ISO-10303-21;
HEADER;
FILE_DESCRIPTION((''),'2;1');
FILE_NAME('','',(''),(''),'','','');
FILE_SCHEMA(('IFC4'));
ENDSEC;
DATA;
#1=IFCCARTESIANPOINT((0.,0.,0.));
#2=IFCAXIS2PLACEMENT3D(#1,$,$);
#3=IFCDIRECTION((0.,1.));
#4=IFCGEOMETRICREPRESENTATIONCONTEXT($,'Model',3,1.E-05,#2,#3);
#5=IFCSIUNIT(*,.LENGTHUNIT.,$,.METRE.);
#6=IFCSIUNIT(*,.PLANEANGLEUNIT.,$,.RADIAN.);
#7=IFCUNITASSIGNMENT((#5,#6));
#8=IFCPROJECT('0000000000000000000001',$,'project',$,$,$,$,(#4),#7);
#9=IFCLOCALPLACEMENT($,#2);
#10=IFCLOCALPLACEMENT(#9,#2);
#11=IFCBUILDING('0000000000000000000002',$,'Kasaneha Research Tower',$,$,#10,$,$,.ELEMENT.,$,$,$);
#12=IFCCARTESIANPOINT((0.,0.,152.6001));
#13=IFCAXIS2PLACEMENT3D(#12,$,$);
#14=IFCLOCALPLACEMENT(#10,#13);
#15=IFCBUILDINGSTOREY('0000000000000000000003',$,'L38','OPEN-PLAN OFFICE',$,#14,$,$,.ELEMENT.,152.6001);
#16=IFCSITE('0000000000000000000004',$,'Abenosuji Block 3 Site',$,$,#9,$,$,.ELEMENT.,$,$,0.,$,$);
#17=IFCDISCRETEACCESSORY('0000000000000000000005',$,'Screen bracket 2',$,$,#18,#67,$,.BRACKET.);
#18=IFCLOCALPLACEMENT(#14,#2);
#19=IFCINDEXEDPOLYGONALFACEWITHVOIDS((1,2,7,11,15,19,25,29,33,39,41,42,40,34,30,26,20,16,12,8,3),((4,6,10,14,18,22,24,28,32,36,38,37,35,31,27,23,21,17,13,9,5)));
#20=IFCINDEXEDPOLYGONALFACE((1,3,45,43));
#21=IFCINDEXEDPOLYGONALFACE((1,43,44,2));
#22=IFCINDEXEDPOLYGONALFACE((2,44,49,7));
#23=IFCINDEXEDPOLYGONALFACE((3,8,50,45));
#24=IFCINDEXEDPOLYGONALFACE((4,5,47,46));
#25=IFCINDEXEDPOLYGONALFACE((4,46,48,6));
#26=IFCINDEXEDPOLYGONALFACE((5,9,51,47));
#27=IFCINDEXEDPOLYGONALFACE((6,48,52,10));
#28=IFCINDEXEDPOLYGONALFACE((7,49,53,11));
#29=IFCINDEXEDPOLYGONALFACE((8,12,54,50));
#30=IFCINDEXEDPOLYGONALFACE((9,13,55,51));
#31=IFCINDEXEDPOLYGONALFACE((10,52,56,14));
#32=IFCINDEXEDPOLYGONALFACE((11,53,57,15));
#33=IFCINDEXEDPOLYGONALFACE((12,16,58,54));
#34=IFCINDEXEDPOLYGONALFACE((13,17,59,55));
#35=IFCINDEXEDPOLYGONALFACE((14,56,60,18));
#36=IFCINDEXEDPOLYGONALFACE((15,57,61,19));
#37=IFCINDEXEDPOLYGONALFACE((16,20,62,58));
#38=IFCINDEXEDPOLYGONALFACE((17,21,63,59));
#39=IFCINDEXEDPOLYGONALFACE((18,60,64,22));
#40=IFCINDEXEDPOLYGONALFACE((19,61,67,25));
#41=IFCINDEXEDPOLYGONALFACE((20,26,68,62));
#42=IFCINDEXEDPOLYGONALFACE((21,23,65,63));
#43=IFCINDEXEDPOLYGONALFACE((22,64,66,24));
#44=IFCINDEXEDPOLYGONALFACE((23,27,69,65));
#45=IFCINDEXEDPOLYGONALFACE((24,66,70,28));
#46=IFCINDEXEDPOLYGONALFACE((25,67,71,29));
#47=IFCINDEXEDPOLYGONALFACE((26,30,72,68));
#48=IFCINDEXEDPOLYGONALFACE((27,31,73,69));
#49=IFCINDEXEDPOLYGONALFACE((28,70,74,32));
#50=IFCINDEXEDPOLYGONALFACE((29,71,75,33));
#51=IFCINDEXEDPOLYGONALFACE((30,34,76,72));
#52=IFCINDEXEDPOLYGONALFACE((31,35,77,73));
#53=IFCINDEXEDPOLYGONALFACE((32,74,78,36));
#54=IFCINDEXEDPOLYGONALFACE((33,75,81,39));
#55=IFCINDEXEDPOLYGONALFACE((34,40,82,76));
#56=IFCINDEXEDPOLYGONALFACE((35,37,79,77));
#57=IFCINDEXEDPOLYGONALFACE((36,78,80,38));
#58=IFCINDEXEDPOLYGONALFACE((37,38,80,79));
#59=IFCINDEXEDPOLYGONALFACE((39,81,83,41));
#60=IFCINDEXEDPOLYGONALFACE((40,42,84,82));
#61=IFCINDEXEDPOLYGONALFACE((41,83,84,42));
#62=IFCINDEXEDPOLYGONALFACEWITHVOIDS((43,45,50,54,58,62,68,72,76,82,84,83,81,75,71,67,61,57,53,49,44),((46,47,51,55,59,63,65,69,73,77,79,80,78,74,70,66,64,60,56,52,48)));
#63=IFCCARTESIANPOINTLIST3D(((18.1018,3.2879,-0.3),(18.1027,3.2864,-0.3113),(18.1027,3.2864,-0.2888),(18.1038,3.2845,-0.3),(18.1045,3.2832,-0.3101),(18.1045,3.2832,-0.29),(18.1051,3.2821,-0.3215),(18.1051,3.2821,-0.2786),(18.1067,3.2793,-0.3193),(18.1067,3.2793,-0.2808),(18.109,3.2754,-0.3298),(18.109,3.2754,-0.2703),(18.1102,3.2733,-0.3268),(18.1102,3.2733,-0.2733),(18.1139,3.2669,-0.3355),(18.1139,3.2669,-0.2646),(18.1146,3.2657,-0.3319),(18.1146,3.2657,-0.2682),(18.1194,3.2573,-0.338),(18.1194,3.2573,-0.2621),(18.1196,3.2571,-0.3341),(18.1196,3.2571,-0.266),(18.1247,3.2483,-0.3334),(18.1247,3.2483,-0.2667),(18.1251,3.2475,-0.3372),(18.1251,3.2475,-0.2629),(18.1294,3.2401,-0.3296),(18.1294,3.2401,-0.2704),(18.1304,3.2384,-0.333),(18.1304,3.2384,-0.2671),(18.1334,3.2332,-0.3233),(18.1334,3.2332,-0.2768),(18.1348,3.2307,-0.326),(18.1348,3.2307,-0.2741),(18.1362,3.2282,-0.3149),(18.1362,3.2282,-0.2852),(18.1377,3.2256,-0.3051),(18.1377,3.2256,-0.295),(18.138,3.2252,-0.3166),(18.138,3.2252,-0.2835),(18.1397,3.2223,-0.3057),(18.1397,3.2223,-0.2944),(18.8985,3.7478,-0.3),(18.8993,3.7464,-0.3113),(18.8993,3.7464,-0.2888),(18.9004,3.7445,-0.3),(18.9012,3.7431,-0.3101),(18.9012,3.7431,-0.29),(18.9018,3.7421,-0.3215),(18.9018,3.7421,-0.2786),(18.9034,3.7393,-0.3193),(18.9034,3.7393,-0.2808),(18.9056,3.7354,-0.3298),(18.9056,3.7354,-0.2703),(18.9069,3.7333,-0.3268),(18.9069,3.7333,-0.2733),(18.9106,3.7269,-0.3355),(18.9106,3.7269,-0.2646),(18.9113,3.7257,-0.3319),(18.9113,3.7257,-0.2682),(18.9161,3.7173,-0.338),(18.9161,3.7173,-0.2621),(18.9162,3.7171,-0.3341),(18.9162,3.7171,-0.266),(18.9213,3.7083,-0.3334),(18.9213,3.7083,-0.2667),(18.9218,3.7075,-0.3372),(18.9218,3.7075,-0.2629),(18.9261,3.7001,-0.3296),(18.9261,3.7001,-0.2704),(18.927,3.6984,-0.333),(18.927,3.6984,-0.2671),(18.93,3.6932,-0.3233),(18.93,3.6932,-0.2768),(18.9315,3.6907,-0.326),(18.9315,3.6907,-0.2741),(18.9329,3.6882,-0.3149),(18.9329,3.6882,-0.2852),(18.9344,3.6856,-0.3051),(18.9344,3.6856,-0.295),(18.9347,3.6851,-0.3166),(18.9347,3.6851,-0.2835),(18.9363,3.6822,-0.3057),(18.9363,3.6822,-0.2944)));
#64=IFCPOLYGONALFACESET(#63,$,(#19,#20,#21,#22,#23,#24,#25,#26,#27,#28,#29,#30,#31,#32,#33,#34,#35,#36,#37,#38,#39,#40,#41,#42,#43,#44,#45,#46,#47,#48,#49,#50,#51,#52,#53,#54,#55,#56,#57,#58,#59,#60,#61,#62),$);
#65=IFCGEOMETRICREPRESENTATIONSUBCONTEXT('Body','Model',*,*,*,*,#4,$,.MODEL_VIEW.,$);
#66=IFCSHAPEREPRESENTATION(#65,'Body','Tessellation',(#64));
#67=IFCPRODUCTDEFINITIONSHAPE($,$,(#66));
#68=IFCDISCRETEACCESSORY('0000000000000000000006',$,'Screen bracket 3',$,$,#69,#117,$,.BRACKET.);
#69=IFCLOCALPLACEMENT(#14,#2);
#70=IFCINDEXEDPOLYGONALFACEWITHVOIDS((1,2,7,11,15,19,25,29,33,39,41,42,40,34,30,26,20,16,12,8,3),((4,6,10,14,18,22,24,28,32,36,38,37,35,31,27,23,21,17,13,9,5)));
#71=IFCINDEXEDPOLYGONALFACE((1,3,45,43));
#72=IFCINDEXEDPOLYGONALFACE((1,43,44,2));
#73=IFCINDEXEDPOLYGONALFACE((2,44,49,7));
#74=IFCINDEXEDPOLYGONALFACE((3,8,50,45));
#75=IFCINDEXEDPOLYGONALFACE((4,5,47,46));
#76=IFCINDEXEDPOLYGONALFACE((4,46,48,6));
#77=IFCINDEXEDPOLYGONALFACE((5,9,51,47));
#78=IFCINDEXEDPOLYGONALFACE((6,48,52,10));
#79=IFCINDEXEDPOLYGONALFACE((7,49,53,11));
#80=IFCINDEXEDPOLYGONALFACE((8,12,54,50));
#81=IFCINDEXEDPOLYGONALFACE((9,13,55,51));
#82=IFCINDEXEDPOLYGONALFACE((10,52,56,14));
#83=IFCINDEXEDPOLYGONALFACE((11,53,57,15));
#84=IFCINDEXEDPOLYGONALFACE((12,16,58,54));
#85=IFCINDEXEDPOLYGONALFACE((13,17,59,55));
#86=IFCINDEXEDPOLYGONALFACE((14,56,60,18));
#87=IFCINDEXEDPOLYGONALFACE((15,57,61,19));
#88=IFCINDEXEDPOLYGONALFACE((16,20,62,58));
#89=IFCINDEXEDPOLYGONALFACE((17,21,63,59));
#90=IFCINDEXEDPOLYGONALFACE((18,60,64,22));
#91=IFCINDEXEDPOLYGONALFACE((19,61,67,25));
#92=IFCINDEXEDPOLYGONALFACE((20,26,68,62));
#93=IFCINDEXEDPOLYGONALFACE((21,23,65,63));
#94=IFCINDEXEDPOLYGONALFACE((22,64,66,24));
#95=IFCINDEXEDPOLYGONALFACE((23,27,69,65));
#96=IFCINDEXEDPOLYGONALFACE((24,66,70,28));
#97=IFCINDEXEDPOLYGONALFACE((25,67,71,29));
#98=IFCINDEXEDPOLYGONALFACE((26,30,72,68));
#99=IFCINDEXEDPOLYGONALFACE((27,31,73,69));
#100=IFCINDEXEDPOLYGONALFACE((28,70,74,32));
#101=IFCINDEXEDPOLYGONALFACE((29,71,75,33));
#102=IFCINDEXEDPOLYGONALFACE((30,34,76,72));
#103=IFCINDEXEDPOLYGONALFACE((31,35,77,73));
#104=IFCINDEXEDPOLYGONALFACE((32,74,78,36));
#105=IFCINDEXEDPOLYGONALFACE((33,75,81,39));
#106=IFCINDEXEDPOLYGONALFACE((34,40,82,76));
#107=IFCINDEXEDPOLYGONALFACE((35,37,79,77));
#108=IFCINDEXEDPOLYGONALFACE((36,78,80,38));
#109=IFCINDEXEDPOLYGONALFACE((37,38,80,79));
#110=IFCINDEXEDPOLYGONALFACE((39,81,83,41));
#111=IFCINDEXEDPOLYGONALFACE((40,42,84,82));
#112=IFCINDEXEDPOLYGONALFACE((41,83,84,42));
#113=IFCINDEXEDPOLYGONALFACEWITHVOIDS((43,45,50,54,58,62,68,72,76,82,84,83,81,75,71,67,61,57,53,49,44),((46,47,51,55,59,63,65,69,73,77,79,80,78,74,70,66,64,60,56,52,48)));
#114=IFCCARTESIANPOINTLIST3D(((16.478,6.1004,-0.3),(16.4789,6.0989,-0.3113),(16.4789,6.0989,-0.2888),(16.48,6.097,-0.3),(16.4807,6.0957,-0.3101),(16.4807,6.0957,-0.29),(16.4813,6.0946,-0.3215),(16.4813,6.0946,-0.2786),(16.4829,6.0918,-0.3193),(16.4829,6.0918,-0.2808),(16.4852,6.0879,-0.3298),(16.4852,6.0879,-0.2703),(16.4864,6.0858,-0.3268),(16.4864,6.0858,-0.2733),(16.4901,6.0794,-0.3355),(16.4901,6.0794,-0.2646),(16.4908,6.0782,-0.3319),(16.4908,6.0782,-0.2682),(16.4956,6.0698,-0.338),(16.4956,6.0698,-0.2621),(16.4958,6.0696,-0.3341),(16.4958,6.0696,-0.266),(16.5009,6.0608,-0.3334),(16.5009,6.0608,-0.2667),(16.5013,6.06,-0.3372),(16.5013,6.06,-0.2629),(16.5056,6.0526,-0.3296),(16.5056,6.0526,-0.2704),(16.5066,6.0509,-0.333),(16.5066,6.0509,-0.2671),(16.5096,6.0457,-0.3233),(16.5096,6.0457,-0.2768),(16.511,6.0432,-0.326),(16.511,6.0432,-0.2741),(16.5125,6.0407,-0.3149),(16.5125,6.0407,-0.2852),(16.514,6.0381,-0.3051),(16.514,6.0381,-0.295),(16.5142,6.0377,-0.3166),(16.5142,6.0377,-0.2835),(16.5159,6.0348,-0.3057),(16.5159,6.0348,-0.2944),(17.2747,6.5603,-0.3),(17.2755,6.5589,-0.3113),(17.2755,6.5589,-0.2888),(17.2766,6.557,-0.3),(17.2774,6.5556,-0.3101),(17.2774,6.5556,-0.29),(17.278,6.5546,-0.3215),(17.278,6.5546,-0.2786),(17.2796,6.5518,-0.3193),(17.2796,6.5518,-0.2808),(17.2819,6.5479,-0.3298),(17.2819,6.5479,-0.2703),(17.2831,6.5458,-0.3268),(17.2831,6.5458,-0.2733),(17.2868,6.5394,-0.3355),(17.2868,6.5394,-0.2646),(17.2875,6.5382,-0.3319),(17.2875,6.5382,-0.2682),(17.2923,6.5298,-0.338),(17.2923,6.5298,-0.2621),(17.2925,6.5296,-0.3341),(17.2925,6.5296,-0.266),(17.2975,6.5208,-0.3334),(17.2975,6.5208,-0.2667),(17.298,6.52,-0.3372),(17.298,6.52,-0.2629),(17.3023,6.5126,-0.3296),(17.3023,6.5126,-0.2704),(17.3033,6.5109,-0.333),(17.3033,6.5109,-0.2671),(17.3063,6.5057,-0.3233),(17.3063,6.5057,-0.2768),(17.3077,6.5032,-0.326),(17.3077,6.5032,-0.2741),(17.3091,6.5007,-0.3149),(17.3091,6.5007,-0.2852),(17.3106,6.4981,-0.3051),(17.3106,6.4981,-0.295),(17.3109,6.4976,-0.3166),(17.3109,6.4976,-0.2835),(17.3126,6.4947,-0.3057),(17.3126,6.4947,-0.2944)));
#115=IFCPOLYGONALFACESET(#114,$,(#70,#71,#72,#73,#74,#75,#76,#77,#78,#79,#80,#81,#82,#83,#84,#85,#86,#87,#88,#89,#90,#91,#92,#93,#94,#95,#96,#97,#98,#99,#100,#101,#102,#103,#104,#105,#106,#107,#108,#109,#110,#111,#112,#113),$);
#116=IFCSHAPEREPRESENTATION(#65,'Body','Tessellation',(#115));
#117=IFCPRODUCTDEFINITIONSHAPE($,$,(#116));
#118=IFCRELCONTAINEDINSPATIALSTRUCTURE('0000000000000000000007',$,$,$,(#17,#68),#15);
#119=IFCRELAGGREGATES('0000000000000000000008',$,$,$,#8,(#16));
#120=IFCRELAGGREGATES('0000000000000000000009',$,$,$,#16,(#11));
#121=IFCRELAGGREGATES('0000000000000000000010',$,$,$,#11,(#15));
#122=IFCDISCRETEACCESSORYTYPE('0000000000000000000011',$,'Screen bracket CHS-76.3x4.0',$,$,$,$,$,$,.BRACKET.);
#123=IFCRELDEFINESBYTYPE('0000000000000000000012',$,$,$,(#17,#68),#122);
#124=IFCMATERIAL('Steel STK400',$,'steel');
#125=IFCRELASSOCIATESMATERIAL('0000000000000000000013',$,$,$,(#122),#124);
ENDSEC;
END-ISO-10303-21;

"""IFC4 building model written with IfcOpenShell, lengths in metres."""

from ifc_helpers import new_model, si_unit, direction, frame, origin, origin_2d, place, context, subcontext, project, spatial, hollow_circle, extrude, material, material_profile, profile_set, type_object, element, save


model = new_model("IFC4")

# Units and contexts
model_context = context("Model", 3, precision=1e-05, world=origin(), true_north=direction((0.0, 1.0)))
body_context = subcontext(model_context, "Body", "Model", "MODEL_VIEW")
ifc_project = project(units=[si_unit("LENGTHUNIT", "METRE"), si_unit("PLANEANGLEUNIT", "RADIAN")], contexts=[model_context])

# Site, building, storey
site_placement = place(None, origin())
site = spatial("IfcSite", under=ifc_project, at=site_placement, Name="Abenosuji Block 3 Site", CompositionType="ELEMENT", RefElevation=0.0)
building_placement = place(site_placement, origin())
building = spatial("IfcBuilding", under=site, at=building_placement, Name="Kasaneha Research Tower", CompositionType="ELEMENT")
storey_placement = place(building_placement, frame((0.0, 0.0, 152.6001)))
storey = spatial("IfcBuildingStorey", under=building, at=storey_placement, Name="L38", Description="OPEN-PLAN OFFICE", CompositionType="ELEMENT", Elevation=152.6001)

# Discrete accessories
ifc_material_1 = material(Name="Steel STK400", Category="steel")
ifc_material_profile_1 = material_profile(ifc_material_1, hollow_circle(Radius=0.0381, WallThickness=0.0039, at=origin_2d()), Name="CHS-76.3x4.0")
ifc_profile_set_1 = profile_set([ifc_material_profile_1], Name="Steel STK400")
discrete_accessory_type = type_object("IfcDiscreteAccessoryType", Name="Screen bracket CHS-76.3x4.0", PredefinedType="BRACKET", material=ifc_profile_set_1)
for number, where, z_axis, x_axis, name in (
    (1, (18.1208, 3.2549, -0.3), (0.866013, 0.500021, 0.0), (-0.500021, 0.866013, 0.0), "Screen bracket 2"),
    (2, (16.4971, 6.0674, -0.3), (0.866013, 0.500021, 0.0), (-0.500021, 0.866013, 0.0), "Screen bracket 3"),
):
    element("IfcDiscreteAccessory", number, at=place(storey_placement, frame(where, z_axis=z_axis, x_axis=x_axis)), inside=storey, type_object=discrete_accessory_type, Name=name, PredefinedType="BRACKET", context=body_context, shape_type="SweptSolid", body=[
        extrude(hollow_circle(Radius=0.0381, WallThickness=0.0039, at=origin_2d()), origin(), (0.0, 0.0, 1.0), 0.9199),
    ])

save(model, "model.ifc")
